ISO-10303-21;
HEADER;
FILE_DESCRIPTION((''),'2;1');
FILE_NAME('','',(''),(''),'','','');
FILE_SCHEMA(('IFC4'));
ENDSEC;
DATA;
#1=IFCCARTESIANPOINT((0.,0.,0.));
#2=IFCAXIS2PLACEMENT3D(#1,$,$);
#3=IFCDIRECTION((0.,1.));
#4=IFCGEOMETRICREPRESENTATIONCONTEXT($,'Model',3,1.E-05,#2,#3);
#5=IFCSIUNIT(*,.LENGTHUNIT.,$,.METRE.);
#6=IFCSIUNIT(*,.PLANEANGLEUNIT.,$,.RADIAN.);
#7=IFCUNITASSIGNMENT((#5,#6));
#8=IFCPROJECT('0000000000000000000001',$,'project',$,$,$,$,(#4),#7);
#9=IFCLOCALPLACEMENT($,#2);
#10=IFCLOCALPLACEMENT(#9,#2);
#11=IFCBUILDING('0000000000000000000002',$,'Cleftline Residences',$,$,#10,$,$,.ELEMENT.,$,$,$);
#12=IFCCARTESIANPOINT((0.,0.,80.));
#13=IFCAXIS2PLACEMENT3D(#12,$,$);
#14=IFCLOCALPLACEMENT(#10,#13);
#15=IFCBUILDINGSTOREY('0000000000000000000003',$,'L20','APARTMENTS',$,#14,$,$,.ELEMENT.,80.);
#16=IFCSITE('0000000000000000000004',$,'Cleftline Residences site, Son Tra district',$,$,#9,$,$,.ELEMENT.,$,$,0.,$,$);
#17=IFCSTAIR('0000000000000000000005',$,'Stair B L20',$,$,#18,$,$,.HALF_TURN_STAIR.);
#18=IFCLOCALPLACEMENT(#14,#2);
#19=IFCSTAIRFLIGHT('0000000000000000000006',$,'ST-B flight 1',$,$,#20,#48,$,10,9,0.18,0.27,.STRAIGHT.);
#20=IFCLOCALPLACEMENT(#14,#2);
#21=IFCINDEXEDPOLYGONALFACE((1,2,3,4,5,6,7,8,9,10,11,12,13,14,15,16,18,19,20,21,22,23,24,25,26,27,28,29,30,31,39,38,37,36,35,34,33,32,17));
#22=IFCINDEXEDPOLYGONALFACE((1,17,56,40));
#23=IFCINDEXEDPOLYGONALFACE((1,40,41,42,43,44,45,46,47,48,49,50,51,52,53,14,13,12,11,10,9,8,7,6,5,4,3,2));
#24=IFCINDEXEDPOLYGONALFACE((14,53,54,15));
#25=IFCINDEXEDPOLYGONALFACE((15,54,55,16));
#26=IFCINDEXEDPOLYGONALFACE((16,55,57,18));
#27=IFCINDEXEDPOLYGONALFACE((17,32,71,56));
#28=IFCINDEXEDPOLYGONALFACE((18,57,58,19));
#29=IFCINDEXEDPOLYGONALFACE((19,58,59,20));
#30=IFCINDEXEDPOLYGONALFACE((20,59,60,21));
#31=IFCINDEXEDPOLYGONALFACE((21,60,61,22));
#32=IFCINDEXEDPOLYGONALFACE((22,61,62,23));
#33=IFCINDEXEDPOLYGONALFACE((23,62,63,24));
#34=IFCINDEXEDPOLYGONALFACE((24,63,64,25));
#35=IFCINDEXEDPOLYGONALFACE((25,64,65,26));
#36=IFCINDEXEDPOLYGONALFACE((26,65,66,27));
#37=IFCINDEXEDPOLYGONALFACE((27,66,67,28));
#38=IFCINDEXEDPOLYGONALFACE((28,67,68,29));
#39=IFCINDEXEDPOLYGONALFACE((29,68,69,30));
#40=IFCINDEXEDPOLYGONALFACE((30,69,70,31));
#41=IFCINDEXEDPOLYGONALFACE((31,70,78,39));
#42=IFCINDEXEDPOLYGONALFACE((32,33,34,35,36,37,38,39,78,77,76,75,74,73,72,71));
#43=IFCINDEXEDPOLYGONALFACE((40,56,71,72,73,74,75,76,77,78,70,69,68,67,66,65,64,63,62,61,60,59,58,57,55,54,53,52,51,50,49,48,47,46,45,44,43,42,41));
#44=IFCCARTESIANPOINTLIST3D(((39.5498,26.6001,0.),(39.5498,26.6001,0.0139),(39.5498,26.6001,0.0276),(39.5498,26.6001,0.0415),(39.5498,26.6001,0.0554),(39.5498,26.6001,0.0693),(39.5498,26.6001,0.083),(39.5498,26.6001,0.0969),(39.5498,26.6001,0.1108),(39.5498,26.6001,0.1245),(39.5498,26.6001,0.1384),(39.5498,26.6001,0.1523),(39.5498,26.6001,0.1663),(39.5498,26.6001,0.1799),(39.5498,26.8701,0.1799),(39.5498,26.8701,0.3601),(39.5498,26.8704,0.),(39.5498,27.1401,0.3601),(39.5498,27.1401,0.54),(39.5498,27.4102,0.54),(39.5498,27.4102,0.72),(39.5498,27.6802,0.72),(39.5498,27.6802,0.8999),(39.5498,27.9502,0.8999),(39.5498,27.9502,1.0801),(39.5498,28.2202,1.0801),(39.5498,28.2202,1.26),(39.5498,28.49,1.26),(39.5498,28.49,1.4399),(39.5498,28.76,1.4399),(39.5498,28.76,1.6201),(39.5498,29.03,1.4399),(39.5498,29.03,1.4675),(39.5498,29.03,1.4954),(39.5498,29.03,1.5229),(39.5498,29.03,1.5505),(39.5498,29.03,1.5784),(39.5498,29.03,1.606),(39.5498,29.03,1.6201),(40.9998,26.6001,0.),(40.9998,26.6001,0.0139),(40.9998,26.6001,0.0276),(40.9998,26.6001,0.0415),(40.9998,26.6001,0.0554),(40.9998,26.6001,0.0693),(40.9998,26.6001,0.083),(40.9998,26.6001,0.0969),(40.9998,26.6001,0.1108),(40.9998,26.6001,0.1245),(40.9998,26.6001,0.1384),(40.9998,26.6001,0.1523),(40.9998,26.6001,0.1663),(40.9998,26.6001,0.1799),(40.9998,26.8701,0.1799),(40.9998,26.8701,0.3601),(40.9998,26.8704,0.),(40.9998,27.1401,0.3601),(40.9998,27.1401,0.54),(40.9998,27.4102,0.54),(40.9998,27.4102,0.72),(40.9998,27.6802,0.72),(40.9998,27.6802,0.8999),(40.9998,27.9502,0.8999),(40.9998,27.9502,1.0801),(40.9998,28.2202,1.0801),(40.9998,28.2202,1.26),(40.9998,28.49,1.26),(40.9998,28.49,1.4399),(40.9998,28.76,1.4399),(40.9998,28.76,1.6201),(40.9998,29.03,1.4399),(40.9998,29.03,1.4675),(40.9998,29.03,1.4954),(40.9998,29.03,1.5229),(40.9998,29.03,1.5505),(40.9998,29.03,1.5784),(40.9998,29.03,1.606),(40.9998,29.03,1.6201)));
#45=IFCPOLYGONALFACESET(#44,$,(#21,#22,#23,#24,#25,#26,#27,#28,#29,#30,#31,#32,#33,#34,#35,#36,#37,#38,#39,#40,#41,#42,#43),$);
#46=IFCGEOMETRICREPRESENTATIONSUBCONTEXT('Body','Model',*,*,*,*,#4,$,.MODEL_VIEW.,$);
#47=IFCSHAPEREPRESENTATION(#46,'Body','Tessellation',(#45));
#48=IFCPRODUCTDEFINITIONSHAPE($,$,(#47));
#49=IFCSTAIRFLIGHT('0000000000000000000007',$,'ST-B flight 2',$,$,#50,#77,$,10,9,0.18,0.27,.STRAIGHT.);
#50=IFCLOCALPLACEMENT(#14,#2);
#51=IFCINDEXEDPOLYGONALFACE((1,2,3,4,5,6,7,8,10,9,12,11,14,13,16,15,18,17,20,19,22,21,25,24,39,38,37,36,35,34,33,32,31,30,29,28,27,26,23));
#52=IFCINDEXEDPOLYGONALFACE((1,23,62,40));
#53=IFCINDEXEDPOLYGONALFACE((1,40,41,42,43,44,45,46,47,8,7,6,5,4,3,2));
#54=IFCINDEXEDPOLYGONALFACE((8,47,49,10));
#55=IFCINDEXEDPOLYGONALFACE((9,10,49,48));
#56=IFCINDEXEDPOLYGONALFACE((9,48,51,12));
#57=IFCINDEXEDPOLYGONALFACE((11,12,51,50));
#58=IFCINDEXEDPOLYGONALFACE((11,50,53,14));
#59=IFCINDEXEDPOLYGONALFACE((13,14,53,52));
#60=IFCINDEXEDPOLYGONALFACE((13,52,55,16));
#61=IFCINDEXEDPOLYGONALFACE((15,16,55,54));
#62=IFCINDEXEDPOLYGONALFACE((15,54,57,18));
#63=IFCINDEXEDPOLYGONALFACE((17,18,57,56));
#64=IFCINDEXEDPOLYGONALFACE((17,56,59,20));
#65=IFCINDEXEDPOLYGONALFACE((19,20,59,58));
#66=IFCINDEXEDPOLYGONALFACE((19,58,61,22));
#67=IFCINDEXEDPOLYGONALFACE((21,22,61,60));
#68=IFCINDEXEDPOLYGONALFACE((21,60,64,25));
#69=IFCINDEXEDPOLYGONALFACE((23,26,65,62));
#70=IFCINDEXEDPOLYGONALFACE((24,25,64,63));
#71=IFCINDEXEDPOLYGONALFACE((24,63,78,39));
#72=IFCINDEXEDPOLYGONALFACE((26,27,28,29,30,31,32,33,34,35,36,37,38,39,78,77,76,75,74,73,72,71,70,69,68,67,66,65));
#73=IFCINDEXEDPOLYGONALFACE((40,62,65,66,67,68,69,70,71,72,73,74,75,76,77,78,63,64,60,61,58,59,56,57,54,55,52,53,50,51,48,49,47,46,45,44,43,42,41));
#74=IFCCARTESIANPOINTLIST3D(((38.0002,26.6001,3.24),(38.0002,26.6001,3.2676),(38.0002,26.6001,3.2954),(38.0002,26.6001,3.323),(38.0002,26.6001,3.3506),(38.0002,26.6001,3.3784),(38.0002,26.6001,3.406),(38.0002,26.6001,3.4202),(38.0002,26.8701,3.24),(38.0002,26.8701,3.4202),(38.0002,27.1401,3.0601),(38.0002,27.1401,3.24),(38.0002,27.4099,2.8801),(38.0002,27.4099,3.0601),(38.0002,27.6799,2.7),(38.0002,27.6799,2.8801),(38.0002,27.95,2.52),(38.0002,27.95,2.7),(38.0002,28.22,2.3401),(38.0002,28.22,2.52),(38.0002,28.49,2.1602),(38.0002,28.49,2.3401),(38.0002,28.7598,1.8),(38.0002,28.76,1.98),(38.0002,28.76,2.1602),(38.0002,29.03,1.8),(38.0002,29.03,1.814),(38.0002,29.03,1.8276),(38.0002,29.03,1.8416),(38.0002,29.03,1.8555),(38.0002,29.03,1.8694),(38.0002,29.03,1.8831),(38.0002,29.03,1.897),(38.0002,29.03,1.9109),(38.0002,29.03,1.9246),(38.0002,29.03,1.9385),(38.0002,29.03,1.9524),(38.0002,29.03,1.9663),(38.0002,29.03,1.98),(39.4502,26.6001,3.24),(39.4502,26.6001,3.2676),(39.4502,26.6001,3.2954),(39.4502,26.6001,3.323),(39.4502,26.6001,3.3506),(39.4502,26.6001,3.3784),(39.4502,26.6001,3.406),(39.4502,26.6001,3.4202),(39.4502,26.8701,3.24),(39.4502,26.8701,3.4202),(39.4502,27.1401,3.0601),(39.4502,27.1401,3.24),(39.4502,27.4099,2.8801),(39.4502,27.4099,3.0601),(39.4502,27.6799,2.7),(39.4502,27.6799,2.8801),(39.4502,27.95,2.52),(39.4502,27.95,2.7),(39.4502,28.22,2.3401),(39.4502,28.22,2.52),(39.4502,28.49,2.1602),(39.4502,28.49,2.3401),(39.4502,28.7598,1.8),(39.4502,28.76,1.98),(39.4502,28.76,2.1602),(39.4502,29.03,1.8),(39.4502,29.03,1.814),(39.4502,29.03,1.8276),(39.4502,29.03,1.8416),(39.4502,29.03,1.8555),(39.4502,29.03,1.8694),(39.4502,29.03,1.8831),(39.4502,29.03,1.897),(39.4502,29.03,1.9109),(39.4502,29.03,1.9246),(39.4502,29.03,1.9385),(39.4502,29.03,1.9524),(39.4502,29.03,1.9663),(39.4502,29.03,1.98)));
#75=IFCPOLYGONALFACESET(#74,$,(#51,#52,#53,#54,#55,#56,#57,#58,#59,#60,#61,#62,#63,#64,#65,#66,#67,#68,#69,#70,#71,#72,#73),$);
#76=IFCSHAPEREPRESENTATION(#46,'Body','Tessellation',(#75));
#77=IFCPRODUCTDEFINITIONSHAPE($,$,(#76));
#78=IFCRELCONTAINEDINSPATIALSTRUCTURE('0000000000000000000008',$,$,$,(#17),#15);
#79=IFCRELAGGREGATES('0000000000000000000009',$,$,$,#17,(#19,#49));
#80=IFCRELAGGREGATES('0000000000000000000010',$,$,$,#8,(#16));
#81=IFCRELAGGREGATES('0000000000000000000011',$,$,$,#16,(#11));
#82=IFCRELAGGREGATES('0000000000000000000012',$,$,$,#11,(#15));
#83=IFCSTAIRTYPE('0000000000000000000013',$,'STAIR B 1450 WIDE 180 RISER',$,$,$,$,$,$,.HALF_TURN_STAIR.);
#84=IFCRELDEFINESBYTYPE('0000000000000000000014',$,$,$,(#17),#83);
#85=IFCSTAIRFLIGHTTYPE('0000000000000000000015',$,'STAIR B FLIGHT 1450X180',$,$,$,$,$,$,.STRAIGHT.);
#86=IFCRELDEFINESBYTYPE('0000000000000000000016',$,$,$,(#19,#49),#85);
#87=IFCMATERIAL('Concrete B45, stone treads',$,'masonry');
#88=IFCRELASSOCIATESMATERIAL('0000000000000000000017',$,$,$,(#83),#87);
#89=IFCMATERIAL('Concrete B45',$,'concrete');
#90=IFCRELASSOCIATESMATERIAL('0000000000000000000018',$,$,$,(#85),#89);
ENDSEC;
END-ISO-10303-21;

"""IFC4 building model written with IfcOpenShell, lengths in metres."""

from ifc_helpers import new_model, si_unit, direction, frame, origin, place, context, subcontext, project, spatial, polyline, outline, extrude, material, type_object, element, aggregate, save


model = new_model("IFC4")

# Units and contexts
model_context = context("Model", 3, precision=1e-05, world=origin(), true_north=direction((0.0, 1.0)))
body_context = subcontext(model_context, "Body", "Model", "MODEL_VIEW")
ifc_project = project(units=[si_unit("LENGTHUNIT", "METRE"), si_unit("PLANEANGLEUNIT", "RADIAN")], contexts=[model_context])

# Site, building, storey
site_placement = place(None, origin())
site = spatial("IfcSite", under=ifc_project, at=site_placement, Name="Cleftline Residences site, Son Tra district", CompositionType="ELEMENT", RefElevation=0.0)
building_placement = place(site_placement, origin())
building = spatial("IfcBuilding", under=site, at=building_placement, Name="Cleftline Residences", CompositionType="ELEMENT")
storey_placement = place(building_placement, frame((0.0, 0.0, 80.0)))
storey = spatial("IfcBuildingStorey", under=building, at=storey_placement, Name="L20", Description="APARTMENTS", CompositionType="ELEMENT", Elevation=80.0)

# Stair, stair flights
ifc_material_1 = material(Name="Concrete B45, stone treads", Category="masonry")
stair_type = type_object("IfcStairType", Name="STAIR B 1450 WIDE 180 RISER", PredefinedType="HALF_TURN_STAIR", material=ifc_material_1)
stair_placement = place(storey_placement, origin())
stair = element("IfcStair", 1, at=stair_placement, inside=storey, type_object=stair_type, Name="Stair B L20", PredefinedType="HALF_TURN_STAIR")
ifc_material_2 = material(Name="Concrete B45", Category="concrete")
stair_flight_type = type_object("IfcStairFlightType", Name="STAIR B FLIGHT 1450X180", PredefinedType="STRAIGHT", material=ifc_material_2)
stair_flight_1_placement = place(storey_placement, frame((40.2749, 26.6001, 0.0), z_axis=(0.0, 0.0, 1.0), x_axis=(0.0, 1.0, 0.0)))
stair_flight_1 = element("IfcStairFlight", 2, at=stair_flight_1_placement, type_object=stair_flight_type, Name="ST-B flight 1", NumberOfRisers=10, NumberOfTreads=9, PredefinedType="STRAIGHT", RiserHeight=0.18, TreadLength=0.27, context=body_context, shape_type="SweptSolid", body=[
    extrude(outline(polyline([(0.0, 0.0), (0.0, 0.0139), (0.0, 0.0276), (0.0, 0.0415), (0.0, 0.0554), (0.0, 0.0693), (0.0, 0.083), (0.0, 0.0969), (0.0, 0.1108), (0.0, 0.1245), (0.0, 0.1384), (0.0, 0.1523), (0.0, 0.1663), (0.0, 0.1799), (0.27, 0.1799), (0.27, 0.3601), (0.54, 0.3601), (0.54, 0.54), (0.8101, 0.54), (0.8101, 0.72), (1.0801, 0.72), (1.0801, 0.8999), (1.3501, 0.8999), (1.3501, 1.0801), (1.6201, 1.0801), (1.6201, 1.26), (1.8899, 1.26), (1.8899, 1.4399), (2.1599, 1.4399), (2.1599, 1.6201), (2.4299, 1.6201), (2.4299, 1.8), (2.4299, 1.7722), (2.4299, 1.7446), (2.4299, 1.7168), (2.4299, 1.6892), (2.4299, 1.6614), (2.4299, 1.6338), (2.4299, 1.606), (2.4299, 1.5784), (2.4299, 1.5505), (2.4299, 1.5229), (2.4299, 1.4954), (2.4299, 1.4675), (2.4299, 1.4399), (0.2703, 0.0), (0.0, 0.0)])), frame((0.0, 0.7251, 0.0), z_axis=(0.0, -1.0, 0.0), x_axis=(1.0, 0.0, 0.0)), (0.0, 0.0, 1.0), 1.45),
])
stair_flight_2_placement = place(storey_placement, frame((38.7251, 29.03, 1.8), z_axis=(0.0, 0.0, 1.0), x_axis=(0.0, -1.0, 0.0)))
stair_flight_2 = element("IfcStairFlight", 3, at=stair_flight_2_placement, type_object=stair_flight_type, Name="ST-B flight 2", NumberOfRisers=10, NumberOfTreads=9, PredefinedType="STRAIGHT", RiserHeight=0.18, TreadLength=0.27, context=body_context, shape_type="SweptSolid", body=[
    extrude(outline(polyline([(0.0, 0.0), (0.0, 0.0139), (0.0, 0.0276), (0.0, 0.0415), (0.0, 0.0554), (0.0, 0.0693), (0.0, 0.083), (0.0, 0.0969), (0.0, 0.1108), (0.0, 0.1245), (0.0, 0.1384), (0.0, 0.1523), (0.0, 0.1663), (0.0, 0.1799), (0.27, 0.1799), (0.27, 0.3601), (0.54, 0.3601), (0.54, 0.54), (0.8101, 0.54), (0.8101, 0.72), (1.0801, 0.72), (1.0801, 0.8999), (1.3501, 0.8999), (1.3501, 1.0801), (1.6201, 1.0801), (1.6201, 1.26), (1.8899, 1.26), (1.8899, 1.4399), (2.1599, 1.4399), (2.1599, 1.6201), (2.4299, 1.6201), (2.4299, 1.8), (2.4299, 1.7722), (2.4299, 1.7446), (2.4299, 1.7168), (2.4299, 1.6892), (2.4299, 1.6614), (2.4299, 1.6338), (2.4299, 1.606), (2.4299, 1.5784), (2.4299, 1.5505), (2.4299, 1.5229), (2.4299, 1.4954), (2.4299, 1.4675), (2.4299, 1.4399), (0.2703, 0.0), (0.0, 0.0)])), frame((0.0, 0.7251, 0.0), z_axis=(0.0, -1.0, 0.0), x_axis=(1.0, 0.0, 0.0)), (0.0, 0.0, 1.0), 1.45),
])
aggregate(stair, [stair_flight_1, stair_flight_2])

save(model, "model.ifc")
